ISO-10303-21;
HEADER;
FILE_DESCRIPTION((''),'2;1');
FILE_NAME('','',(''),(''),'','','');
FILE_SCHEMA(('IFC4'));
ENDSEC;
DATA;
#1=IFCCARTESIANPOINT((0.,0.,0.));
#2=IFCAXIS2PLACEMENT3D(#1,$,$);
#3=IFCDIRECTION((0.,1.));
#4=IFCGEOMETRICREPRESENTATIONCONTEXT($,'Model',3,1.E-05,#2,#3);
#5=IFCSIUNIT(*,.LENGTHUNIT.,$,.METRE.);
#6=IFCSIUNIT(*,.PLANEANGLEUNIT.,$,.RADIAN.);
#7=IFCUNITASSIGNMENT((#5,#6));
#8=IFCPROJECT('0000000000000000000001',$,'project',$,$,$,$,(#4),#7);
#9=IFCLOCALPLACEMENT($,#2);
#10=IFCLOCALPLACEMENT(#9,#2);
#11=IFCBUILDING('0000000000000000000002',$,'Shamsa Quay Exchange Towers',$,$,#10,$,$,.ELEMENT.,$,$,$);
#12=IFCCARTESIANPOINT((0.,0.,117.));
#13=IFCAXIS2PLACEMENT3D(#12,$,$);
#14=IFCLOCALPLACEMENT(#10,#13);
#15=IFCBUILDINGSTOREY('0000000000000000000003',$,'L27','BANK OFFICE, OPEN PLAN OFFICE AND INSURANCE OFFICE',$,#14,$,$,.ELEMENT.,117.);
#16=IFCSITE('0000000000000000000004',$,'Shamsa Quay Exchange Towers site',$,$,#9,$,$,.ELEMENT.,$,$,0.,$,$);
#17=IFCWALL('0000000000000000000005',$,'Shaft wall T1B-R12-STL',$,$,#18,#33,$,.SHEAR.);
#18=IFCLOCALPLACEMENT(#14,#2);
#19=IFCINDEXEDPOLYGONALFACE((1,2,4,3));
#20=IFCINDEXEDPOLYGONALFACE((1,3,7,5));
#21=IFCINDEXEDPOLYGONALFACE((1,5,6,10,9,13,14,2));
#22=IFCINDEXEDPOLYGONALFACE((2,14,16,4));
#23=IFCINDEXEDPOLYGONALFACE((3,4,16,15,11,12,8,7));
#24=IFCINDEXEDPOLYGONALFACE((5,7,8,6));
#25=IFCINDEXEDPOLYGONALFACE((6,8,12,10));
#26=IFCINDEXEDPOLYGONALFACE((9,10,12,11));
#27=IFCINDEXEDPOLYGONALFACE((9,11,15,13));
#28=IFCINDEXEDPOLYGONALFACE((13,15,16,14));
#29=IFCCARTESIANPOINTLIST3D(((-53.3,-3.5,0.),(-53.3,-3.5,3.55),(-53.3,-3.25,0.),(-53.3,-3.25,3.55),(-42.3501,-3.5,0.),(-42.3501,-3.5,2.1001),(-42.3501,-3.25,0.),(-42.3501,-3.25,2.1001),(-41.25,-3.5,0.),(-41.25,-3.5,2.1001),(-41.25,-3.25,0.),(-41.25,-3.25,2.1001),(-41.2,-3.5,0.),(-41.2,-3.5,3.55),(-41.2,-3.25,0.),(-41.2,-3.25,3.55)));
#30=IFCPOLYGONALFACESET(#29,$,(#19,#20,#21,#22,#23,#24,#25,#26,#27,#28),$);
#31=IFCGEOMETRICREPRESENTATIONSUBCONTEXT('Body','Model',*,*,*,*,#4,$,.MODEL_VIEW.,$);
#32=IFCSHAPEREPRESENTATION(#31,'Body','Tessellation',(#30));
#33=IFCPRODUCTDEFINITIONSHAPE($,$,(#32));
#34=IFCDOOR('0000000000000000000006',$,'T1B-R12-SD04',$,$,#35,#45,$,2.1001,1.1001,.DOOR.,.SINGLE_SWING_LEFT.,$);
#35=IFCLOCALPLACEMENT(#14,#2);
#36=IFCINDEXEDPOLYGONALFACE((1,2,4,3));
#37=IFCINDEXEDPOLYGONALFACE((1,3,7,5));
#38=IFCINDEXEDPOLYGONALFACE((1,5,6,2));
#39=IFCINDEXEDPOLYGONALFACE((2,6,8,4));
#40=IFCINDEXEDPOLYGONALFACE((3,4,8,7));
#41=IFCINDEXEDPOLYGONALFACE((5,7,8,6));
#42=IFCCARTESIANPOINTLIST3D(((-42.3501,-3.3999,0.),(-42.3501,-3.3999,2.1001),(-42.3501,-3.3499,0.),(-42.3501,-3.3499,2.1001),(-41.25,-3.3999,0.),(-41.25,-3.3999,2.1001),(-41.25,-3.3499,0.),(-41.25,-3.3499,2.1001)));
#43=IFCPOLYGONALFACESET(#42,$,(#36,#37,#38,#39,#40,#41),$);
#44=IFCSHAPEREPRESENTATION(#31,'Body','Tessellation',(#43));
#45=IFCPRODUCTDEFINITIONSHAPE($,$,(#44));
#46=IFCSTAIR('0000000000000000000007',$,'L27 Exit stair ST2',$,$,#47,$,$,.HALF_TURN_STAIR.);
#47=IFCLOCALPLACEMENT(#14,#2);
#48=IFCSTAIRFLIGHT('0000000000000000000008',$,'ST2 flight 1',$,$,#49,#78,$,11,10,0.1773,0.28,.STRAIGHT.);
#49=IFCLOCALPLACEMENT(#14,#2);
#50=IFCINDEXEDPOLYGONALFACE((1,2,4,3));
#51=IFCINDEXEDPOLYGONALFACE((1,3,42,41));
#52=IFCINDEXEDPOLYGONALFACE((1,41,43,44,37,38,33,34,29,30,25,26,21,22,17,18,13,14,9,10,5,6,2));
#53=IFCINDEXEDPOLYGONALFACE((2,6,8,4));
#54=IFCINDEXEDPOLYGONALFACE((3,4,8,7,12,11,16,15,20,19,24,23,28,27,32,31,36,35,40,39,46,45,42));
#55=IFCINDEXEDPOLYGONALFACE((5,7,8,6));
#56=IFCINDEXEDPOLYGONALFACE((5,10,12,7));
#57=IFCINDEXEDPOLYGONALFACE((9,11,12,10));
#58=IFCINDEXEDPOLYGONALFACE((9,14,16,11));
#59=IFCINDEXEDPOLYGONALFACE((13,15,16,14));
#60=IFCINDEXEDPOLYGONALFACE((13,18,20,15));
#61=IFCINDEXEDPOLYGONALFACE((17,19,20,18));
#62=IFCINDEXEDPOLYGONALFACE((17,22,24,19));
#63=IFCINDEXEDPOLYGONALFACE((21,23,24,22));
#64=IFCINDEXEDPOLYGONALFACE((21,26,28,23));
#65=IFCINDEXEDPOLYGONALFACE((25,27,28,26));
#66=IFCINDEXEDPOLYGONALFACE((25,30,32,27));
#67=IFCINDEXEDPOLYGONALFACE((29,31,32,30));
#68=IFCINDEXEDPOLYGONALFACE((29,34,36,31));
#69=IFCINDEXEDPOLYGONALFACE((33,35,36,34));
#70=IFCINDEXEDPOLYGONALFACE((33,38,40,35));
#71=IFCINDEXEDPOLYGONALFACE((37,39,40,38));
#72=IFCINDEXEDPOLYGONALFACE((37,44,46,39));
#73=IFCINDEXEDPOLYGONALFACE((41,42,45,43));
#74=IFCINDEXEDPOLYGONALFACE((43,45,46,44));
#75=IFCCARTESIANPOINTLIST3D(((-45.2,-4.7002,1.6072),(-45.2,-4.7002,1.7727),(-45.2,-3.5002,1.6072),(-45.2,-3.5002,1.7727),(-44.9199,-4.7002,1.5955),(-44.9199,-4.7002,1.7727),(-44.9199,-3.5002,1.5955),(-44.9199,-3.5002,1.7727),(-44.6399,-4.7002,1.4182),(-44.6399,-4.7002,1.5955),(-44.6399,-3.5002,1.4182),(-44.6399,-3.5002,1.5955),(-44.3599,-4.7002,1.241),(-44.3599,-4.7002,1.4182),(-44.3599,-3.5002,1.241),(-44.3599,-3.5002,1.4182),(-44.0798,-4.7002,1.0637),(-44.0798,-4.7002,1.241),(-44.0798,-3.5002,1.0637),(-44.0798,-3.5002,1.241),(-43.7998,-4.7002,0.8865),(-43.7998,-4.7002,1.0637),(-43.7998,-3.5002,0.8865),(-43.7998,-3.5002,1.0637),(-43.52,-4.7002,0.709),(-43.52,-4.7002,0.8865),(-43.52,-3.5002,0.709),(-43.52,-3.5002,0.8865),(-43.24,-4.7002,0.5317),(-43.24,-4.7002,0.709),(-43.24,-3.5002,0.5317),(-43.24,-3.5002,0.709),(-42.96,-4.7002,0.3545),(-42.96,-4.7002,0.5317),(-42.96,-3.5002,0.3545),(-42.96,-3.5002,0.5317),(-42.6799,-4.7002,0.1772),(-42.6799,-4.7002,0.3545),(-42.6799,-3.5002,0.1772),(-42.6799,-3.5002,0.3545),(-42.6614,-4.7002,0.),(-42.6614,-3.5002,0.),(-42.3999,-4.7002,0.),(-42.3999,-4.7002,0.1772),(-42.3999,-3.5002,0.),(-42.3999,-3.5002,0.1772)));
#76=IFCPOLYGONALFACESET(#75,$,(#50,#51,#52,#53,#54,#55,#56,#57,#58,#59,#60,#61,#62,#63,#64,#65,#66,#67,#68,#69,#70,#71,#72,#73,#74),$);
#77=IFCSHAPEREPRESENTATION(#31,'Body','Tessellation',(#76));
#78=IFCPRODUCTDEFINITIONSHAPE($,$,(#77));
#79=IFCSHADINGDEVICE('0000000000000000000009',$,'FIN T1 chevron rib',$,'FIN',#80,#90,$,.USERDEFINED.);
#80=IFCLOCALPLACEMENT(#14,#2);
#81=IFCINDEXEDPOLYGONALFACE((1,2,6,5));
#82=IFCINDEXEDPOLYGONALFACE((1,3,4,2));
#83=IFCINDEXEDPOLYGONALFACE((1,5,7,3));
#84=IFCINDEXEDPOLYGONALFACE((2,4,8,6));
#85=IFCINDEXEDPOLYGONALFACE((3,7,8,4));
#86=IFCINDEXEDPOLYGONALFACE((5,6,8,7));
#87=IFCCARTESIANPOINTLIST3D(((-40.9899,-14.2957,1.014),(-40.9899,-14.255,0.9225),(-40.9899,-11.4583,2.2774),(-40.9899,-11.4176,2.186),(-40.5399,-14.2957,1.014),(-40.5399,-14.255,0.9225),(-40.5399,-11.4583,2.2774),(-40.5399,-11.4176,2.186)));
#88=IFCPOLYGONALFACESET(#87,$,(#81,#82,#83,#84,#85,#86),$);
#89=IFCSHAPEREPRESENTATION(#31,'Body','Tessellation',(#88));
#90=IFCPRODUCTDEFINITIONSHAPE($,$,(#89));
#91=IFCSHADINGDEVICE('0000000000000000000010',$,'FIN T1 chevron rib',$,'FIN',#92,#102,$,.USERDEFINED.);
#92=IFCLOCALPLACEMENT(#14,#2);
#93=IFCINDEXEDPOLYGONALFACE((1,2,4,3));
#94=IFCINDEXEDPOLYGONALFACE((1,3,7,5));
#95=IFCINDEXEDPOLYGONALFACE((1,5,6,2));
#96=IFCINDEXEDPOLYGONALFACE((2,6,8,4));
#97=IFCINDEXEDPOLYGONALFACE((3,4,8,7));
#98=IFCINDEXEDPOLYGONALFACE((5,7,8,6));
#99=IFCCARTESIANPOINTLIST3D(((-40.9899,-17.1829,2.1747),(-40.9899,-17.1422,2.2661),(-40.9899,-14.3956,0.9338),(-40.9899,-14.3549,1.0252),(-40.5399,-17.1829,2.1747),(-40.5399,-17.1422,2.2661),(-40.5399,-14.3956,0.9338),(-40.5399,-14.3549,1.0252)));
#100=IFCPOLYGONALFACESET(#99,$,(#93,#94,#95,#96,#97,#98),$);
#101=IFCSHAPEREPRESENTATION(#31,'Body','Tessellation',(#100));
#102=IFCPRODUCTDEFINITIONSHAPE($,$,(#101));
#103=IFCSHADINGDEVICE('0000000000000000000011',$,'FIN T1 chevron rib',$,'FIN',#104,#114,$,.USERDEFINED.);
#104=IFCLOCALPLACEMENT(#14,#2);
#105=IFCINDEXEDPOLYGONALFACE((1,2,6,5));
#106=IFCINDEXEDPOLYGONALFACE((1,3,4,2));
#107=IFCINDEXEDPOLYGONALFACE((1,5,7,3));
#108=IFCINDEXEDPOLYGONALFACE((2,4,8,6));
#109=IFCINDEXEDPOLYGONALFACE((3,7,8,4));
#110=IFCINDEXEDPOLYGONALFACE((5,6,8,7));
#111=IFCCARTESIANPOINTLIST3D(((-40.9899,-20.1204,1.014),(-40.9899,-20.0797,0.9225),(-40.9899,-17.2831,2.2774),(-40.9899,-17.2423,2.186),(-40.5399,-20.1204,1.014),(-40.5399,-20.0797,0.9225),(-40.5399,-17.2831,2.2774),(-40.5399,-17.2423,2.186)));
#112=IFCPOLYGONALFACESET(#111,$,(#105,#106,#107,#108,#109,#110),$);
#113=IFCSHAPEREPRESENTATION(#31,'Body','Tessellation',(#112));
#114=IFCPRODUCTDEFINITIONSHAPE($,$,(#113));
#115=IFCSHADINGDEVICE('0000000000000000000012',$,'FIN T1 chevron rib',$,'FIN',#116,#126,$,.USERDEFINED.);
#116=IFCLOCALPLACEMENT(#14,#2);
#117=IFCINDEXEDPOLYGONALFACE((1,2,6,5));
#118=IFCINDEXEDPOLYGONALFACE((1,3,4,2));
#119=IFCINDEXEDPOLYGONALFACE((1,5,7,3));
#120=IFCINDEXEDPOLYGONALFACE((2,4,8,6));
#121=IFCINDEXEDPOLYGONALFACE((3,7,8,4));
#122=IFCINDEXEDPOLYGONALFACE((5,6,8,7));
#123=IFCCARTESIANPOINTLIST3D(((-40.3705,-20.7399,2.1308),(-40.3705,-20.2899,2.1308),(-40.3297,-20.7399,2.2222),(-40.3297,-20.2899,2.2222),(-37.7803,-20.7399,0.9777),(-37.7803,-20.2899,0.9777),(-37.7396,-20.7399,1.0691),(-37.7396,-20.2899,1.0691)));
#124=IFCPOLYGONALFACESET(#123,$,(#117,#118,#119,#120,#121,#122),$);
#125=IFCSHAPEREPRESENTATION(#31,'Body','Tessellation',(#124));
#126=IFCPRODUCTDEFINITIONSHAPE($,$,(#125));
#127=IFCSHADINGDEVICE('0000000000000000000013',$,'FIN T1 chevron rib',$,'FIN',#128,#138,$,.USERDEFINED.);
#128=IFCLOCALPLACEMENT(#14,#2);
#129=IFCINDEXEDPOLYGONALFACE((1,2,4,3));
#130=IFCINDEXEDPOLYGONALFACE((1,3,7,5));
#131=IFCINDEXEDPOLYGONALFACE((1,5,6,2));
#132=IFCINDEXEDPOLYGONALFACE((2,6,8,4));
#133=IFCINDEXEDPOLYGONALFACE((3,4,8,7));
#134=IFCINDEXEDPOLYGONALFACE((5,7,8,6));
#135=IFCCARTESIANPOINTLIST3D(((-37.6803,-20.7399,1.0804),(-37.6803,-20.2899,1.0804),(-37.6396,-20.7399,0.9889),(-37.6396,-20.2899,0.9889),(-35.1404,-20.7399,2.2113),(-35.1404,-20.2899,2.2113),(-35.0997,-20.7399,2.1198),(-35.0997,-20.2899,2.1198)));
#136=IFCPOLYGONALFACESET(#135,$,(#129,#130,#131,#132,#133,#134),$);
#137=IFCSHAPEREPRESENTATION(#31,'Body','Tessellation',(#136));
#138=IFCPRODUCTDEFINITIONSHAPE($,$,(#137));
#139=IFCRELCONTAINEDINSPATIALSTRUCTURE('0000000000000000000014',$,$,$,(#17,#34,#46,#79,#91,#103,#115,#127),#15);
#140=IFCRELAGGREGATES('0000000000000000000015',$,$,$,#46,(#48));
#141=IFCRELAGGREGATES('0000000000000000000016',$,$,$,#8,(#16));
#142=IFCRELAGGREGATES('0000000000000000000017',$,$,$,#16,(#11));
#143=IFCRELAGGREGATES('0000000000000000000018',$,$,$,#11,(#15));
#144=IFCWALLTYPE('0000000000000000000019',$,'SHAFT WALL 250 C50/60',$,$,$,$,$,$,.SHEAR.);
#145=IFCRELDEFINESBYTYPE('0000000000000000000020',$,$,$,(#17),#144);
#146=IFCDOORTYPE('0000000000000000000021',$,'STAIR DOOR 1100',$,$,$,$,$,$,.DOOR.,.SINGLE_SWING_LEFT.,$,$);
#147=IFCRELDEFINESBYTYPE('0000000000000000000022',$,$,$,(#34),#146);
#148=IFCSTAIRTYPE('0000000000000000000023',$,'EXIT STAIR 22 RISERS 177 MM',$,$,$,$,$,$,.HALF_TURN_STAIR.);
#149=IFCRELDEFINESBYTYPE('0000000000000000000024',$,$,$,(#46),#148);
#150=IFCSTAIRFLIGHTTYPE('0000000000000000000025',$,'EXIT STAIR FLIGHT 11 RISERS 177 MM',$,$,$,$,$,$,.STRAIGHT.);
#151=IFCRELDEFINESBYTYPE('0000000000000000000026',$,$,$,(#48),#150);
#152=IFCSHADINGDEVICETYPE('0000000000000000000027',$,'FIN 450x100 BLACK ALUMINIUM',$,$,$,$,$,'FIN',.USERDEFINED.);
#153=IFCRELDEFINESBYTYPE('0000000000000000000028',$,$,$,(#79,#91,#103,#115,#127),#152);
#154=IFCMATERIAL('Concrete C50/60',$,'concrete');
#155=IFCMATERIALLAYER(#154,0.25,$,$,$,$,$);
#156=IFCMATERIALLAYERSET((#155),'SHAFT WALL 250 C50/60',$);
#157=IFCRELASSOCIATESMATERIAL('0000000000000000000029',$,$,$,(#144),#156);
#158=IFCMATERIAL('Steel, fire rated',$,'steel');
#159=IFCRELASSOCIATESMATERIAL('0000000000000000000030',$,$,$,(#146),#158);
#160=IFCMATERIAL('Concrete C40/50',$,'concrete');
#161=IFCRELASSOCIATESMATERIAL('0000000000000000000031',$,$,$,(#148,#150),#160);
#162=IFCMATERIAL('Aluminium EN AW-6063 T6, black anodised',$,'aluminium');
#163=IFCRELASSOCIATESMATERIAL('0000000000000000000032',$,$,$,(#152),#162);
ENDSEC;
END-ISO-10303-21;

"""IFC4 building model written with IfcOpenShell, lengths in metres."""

from ifc_helpers import new_model, si_unit, direction, frame, frame_2d, origin, origin_2d, place, context, subcontext, project, spatial, polyline, rectangle, outline, extrude, material, layer, layer_set, material_profile, profile_set, type_object, element, fill, aggregate, save


model = new_model("IFC4")

# Units and contexts
model_context = context("Model", 3, precision=1e-05, world=origin(), true_north=direction((0.0, 1.0)))
body_context = subcontext(model_context, "Body", "Model", "MODEL_VIEW")
ifc_project = project(units=[si_unit("LENGTHUNIT", "METRE"), si_unit("PLANEANGLEUNIT", "RADIAN")], contexts=[model_context])

# Site, building, storey
site_placement = place(None, origin())
site = spatial("IfcSite", under=ifc_project, at=site_placement, Name="Shamsa Quay Exchange Towers site", CompositionType="ELEMENT", RefElevation=0.0)
building_placement = place(site_placement, origin())
building = spatial("IfcBuilding", under=site, at=building_placement, Name="Shamsa Quay Exchange Towers", CompositionType="ELEMENT")
storey_placement = place(building_placement, frame((0.0, 0.0, 117.0)))
storey = spatial("IfcBuildingStorey", under=building, at=storey_placement, Name="L27", Description="BANK OFFICE, OPEN PLAN OFFICE AND INSURANCE OFFICE", CompositionType="ELEMENT", Elevation=117.0)

# Shared definitions
ifc_material_1 = material(Name="Aluminium EN AW-6063 T6, black anodised", Category="aluminium")

# Shared definitions
ifc_material_2 = material(Name="Steel, fire rated", Category="steel")

# Wall, opening, door
ifc_material_3 = material(Name="Concrete C50/60", Category="concrete")
ifc_layer_1 = layer(ifc_material_3, 0.25)
ifc_layer_set_1 = layer_set([ifc_layer_1], Name="SHAFT WALL 250 C50/60")
wall_type_1 = type_object("IfcWallType", Name="SHAFT WALL 250 C50/60", PredefinedType="SHEAR", material=ifc_layer_set_1)
wall_1_placement = place(storey_placement, frame((-41.2, -3.375, 0.0), z_axis=(0.0, 0.0, 1.0), x_axis=(-1.0, 0.0, 0.0)))
wall_1 = element("IfcWall", 1, at=wall_1_placement, inside=storey, type_object=wall_type_1, Name="Shaft wall T1B-R12-STL", PredefinedType="SHEAR", context=body_context, shape_type="SweptSolid", body=[
    extrude(rectangle(XDim=12.1001, YDim=0.25, at=frame_2d((6.05, 0.0))), origin(), (0.0, 0.0, 1.0), 3.55),
])
opening_1_placement = place(wall_1_placement, frame((0.05, 0.0, 0.0)))
opening_1 = element("IfcOpeningElement", 2, at=opening_1_placement, cuts=wall_1, PredefinedType="OPENING", context=body_context, shape_type="SweptSolid", body=[
    extrude(rectangle(XDim=1.1001, YDim=2.1001, at=frame_2d((0.55, 1.05))), frame((0.0, 0.135, 0.0), z_axis=(0.0, -1.0, 0.0), x_axis=(1.0, 0.0, 0.0)), (0.0, 0.0, 1.0), 0.27),
])
door_type_1 = type_object("IfcDoorType", Name="STAIR DOOR 1100", OperationType="SINGLE_SWING_LEFT", PredefinedType="DOOR", material=ifc_material_2)
door_1_placement = place(opening_1_placement, origin())
door_1 = element("IfcDoor", 3, at=door_1_placement, inside=storey, type_object=door_type_1, Name="T1B-R12-SD04", OperationType="SINGLE_SWING_LEFT", OverallHeight=2.1001, OverallWidth=1.1001, PredefinedType="DOOR", context=body_context, shape_type="SweptSolid", body=[
    extrude(rectangle(XDim=1.1001, YDim=2.1001, at=frame_2d((0.55, 1.05))), frame((0.0, 0.0249, 0.0), z_axis=(0.0, -1.0, 0.0), x_axis=(1.0, 0.0, 0.0)), (0.0, 0.0, 1.0), 0.05),
])
fill(opening_1, door_1)

# Stair, stair flight
ifc_material_4 = material(Name="Concrete C40/50", Category="concrete")
stair_type = type_object("IfcStairType", Name="EXIT STAIR 22 RISERS 177 MM", PredefinedType="HALF_TURN_STAIR", material=ifc_material_4)
stair_placement = place(storey_placement, origin())
stair = element("IfcStair", 4, at=stair_placement, inside=storey, type_object=stair_type, Name="L27 Exit stair ST2", PredefinedType="HALF_TURN_STAIR")
stair_flight_type = type_object("IfcStairFlightType", Name="EXIT STAIR FLIGHT 11 RISERS 177 MM", PredefinedType="STRAIGHT", material=ifc_material_4)
stair_flight_placement = place(storey_placement, frame((-42.3999, -4.1001, 0.0), z_axis=(0.0, 0.0, 1.0), x_axis=(-1.0, 0.0, 0.0)))
stair_flight = element("IfcStairFlight", 5, at=stair_flight_placement, type_object=stair_flight_type, Name="ST2 flight 1", NumberOfRisers=11, NumberOfTreads=10, PredefinedType="STRAIGHT", RiserHeight=0.1773, TreadLength=0.28, context=body_context, shape_type="SweptSolid", body=[
    extrude(outline(polyline([(0.0, 0.0), (0.0, 0.1772), (0.28, 0.1772), (0.28, 0.3545), (0.5601, 0.3545), (0.5601, 0.5317), (0.8401, 0.5317), (0.8401, 0.709), (1.1201, 0.709), (1.1201, 0.8865), (1.3999, 0.8865), (1.3999, 1.0637), (1.6799, 1.0637), (1.6799, 1.241), (1.96, 1.241), (1.96, 1.4182), (2.24, 1.4182), (2.24, 1.5955), (2.52, 1.5955), (2.52, 1.7727), (2.8, 1.7727), (2.8, 1.95), (2.8, 1.6072), (0.2615, 0.0), (0.0, 0.0)])), frame((0.0, 0.6001, 0.0), z_axis=(0.0, -1.0, 0.0), x_axis=(1.0, 0.0, 0.0)), (0.0, 0.0, 1.0), 1.2),
])
aggregate(stair, [stair_flight])

# Shading devices
ifc_material_profile_1 = material_profile(ifc_material_1, rectangle(XDim=0.45, YDim=0.1001, at=origin_2d()), Name="FIN450x100")
ifc_profile_set_1 = profile_set([ifc_material_profile_1], Name="Aluminium EN AW-6063 T6, black anodised")
shading_device_type = type_object("IfcShadingDeviceType", Name="FIN 450x100 BLACK ALUMINIUM", ElementType="FIN", PredefinedType="USERDEFINED", material=ifc_profile_set_1)
shading_device_1_placement = place(storey_placement, frame((-40.7649, -11.438, 2.2317), z_axis=(0.0, -0.913529, -0.406773), x_axis=(1.0, 0.0, 0.0)))
element("IfcShadingDevice", 6, at=shading_device_1_placement, inside=storey, type_object=shading_device_type, Name="FIN T1 chevron rib", ObjectType="FIN", PredefinedType="USERDEFINED", context=body_context, shape_type="SweptSolid", body=[
    extrude(rectangle(XDim=0.45, YDim=0.1001, at=origin_2d()), origin(), (0.0, 0.0, 1.0), 3.106),
])
shading_device_2_placement = place(storey_placement, frame((-40.7649, -14.3752, 0.9795), z_axis=(0.0, -0.913551, 0.406725), x_axis=(1.0, 0.0, 0.0)))
element("IfcShadingDevice", 7, at=shading_device_2_placement, inside=storey, type_object=shading_device_type, Name="FIN T1 chevron rib", ObjectType="FIN", PredefinedType="USERDEFINED", context=body_context, shape_type="SweptSolid", body=[
    extrude(rectangle(XDim=0.45, YDim=0.1001, at=origin_2d()), origin(), (0.0, 0.0, 1.0), 3.051),
])
shading_device_3_placement = place(storey_placement, frame((-40.7649, -17.2627, 2.2317), z_axis=(0.0, -0.913529, -0.406773), x_axis=(1.0, 0.0, 0.0)))
element("IfcShadingDevice", 8, at=shading_device_3_placement, inside=storey, type_object=shading_device_type, Name="FIN T1 chevron rib", ObjectType="FIN", PredefinedType="USERDEFINED", context=body_context, shape_type="SweptSolid", body=[
    extrude(rectangle(XDim=0.45, YDim=0.1001, at=origin_2d()), origin(), (0.0, 0.0, 1.0), 3.106),
])
shading_device_4_placement = place(storey_placement, frame((-40.3501, -20.5149, 2.1765), z_axis=(0.913559, 0.0, -0.406706), x_axis=(0.0, 1.0, 0.0)))
element("IfcShadingDevice", 9, at=shading_device_4_placement, inside=storey, type_object=shading_device_type, Name="FIN T1 chevron rib", ObjectType="FIN", PredefinedType="USERDEFINED", context=body_context, shape_type="SweptSolid", body=[
    extrude(rectangle(XDim=0.45, YDim=0.1001, at=origin_2d()), origin(), (0.0, 0.0, 1.0), 2.8352),
])
shading_device_5_placement = place(storey_placement, frame((-37.6599, -20.5149, 1.0347), z_axis=(0.913536, 0.0, 0.406758), x_axis=(0.0, 1.0, 0.0)))
element("IfcShadingDevice", 10, at=shading_device_5_placement, inside=storey, type_object=shading_device_type, Name="FIN T1 chevron rib", ObjectType="FIN", PredefinedType="USERDEFINED", context=body_context, shape_type="SweptSolid", body=[
    extrude(rectangle(XDim=0.45, YDim=0.1001, at=origin_2d()), origin(), (0.0, 0.0, 1.0), 2.7803),
])

save(model, "model.ifc")
